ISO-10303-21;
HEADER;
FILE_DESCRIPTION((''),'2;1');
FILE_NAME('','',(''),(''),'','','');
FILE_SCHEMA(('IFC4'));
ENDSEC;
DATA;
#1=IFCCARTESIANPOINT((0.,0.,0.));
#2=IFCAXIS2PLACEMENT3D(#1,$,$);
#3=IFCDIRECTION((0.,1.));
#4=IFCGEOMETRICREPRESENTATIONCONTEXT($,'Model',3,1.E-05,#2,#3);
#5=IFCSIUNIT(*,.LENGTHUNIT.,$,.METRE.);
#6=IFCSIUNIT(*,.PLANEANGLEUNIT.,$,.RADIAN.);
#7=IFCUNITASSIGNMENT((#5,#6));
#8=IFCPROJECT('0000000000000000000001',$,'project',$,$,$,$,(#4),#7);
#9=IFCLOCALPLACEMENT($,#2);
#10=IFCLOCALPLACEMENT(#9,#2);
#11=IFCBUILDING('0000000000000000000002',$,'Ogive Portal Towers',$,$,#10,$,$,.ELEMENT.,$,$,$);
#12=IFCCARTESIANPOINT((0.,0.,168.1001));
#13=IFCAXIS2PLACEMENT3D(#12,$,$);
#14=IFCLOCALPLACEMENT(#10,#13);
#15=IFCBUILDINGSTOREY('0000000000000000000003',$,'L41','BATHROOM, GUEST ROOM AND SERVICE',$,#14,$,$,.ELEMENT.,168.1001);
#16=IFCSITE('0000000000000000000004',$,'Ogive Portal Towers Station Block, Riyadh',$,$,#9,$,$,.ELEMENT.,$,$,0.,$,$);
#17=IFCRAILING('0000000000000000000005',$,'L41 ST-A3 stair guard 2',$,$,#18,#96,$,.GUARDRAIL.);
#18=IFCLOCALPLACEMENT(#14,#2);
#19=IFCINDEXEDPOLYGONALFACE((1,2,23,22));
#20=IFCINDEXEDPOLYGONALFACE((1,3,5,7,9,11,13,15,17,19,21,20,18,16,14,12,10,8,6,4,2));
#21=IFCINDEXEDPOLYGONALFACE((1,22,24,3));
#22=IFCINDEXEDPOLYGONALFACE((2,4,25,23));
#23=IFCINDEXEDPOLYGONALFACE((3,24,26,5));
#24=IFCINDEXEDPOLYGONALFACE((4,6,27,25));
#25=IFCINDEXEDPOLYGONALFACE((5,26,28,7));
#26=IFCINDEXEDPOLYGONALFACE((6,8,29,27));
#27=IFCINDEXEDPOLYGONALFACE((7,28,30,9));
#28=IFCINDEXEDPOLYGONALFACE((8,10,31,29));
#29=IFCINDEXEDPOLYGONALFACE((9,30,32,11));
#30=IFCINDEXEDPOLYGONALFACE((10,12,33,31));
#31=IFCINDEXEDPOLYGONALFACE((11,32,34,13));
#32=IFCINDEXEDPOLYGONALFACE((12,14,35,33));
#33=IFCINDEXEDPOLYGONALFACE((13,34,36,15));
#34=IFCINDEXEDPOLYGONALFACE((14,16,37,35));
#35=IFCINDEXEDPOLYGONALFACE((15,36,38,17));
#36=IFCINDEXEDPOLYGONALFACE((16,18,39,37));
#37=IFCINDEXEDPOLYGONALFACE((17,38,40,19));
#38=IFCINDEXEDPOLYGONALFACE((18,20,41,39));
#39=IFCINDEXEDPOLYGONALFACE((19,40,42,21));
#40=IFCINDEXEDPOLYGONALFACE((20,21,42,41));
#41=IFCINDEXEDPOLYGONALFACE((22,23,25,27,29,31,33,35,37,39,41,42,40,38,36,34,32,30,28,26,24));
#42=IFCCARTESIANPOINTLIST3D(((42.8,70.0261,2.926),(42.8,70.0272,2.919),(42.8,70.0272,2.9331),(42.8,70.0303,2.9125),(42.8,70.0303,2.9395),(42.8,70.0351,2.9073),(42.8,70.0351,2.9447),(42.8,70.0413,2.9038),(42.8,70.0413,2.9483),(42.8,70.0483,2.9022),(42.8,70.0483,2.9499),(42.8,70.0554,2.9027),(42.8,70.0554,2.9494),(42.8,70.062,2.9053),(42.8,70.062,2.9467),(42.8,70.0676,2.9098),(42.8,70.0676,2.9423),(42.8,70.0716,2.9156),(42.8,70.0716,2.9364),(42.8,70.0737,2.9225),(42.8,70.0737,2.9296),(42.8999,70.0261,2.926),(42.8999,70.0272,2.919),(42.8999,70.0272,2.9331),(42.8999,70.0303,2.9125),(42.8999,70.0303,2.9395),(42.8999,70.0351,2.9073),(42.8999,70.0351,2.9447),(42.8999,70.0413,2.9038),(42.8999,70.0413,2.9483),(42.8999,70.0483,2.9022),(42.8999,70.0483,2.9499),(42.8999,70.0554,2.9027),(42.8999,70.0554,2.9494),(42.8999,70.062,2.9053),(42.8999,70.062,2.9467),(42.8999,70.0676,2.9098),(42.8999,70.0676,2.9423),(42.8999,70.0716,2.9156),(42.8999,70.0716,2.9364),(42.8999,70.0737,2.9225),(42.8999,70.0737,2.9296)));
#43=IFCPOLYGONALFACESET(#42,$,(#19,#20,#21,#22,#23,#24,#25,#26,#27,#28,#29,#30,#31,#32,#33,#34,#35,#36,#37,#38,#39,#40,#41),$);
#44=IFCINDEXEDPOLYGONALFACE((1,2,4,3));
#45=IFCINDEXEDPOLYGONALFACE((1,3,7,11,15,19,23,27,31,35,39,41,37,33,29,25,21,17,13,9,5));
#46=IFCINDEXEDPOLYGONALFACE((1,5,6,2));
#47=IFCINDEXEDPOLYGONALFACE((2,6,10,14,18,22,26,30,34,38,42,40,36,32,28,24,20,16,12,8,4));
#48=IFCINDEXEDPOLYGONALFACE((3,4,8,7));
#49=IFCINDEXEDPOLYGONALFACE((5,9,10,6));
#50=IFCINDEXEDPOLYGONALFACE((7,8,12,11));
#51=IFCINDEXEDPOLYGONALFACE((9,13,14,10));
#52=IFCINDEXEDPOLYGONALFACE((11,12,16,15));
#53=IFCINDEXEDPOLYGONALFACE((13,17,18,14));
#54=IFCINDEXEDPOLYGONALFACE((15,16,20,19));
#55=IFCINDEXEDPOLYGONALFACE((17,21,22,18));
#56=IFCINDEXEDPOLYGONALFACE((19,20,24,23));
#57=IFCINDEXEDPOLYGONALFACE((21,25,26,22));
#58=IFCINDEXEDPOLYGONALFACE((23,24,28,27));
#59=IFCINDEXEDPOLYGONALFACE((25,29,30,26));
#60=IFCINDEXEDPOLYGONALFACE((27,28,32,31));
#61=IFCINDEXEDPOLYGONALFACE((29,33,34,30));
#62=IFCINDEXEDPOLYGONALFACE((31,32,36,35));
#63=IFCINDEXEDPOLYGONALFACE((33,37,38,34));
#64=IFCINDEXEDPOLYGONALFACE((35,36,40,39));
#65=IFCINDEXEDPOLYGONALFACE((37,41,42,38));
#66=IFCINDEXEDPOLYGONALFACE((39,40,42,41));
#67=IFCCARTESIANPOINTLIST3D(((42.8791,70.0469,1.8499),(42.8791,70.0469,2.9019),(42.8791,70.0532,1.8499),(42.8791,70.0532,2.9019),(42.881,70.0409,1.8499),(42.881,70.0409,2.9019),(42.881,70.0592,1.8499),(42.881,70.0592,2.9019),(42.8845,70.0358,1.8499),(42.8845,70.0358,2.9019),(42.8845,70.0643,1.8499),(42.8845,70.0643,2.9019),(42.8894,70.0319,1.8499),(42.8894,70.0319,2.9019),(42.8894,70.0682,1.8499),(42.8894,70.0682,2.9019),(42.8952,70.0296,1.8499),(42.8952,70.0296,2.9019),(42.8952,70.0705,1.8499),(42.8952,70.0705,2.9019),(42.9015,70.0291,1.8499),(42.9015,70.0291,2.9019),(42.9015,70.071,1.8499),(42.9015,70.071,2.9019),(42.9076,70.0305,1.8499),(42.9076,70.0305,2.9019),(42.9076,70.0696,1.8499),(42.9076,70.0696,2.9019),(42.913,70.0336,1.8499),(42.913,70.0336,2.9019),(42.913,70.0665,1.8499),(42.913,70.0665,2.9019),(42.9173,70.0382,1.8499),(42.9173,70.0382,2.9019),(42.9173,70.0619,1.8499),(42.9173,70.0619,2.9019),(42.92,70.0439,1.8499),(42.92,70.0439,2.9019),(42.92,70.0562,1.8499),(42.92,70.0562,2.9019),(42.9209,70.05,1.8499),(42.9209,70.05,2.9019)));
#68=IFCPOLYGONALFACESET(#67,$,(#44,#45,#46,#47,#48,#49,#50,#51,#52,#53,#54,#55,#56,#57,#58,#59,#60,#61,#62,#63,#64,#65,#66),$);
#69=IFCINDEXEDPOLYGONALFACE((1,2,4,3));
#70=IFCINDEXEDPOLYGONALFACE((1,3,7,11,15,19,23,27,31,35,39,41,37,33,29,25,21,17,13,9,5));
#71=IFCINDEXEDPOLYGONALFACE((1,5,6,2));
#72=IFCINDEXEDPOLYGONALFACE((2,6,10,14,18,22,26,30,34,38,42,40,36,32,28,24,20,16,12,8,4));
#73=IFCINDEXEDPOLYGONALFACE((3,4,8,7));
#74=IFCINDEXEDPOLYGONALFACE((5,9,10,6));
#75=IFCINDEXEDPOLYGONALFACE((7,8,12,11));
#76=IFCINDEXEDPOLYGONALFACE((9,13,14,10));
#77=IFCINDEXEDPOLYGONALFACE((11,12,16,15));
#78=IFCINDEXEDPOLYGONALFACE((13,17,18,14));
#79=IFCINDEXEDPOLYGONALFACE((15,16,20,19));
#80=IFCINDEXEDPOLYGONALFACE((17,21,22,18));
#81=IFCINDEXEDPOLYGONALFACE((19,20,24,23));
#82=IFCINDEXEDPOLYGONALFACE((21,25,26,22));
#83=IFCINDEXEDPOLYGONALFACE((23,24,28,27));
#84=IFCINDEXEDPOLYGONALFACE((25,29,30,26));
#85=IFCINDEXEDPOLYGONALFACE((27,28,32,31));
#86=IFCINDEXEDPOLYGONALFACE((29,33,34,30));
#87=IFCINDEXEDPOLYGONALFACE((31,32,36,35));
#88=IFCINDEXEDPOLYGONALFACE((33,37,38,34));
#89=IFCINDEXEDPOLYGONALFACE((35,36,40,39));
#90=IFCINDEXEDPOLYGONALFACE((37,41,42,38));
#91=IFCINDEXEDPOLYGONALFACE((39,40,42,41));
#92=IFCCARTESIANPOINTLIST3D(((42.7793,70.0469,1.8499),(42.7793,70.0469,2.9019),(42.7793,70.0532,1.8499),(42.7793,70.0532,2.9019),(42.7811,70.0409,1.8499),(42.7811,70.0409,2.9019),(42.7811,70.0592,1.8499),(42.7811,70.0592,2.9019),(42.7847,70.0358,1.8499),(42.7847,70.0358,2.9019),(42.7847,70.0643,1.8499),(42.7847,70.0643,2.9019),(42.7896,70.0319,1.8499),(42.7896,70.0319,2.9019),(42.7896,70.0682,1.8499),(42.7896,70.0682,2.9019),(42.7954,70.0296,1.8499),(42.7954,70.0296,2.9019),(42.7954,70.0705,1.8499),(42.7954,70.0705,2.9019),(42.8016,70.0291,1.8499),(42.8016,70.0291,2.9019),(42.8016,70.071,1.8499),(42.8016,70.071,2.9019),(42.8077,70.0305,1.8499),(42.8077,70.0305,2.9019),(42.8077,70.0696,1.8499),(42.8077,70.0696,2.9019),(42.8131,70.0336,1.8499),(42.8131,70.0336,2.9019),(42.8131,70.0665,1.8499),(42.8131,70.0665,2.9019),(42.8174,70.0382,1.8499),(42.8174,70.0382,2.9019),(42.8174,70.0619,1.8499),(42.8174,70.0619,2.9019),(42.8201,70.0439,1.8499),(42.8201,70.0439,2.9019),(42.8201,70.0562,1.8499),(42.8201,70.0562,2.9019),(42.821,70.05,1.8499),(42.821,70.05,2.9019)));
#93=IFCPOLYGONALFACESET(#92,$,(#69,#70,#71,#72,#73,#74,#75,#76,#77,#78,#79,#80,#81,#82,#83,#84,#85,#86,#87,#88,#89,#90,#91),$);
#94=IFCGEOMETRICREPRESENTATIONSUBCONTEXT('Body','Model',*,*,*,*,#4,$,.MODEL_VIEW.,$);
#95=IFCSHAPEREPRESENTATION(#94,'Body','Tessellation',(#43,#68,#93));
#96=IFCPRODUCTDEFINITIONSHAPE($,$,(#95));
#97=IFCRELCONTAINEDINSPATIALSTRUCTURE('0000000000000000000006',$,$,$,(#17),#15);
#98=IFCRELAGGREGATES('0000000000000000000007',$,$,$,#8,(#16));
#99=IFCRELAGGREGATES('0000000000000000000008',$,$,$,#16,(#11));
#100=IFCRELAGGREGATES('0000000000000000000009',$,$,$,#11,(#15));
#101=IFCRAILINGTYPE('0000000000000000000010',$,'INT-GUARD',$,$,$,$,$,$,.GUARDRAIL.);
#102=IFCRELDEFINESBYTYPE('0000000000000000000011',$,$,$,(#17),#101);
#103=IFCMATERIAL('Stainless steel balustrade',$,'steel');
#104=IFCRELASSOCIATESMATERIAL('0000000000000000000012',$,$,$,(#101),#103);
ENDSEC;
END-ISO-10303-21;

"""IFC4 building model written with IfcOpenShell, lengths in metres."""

from ifc_helpers import new_model, si_unit, direction, frame, origin, origin_2d, place, context, subcontext, project, spatial, circle, extrude, material, type_object, element, save


model = new_model("IFC4")

# Units and contexts
model_context = context("Model", 3, precision=1e-05, world=origin(), true_north=direction((0.0, 1.0)))
body_context = subcontext(model_context, "Body", "Model", "MODEL_VIEW")
ifc_project = project(units=[si_unit("LENGTHUNIT", "METRE"), si_unit("PLANEANGLEUNIT", "RADIAN")], contexts=[model_context])

# Site, building, storey
site_placement = place(None, origin())
site = spatial("IfcSite", under=ifc_project, at=site_placement, Name="Ogive Portal Towers Station Block, Riyadh", CompositionType="ELEMENT", RefElevation=0.0)
building_placement = place(site_placement, origin())
building = spatial("IfcBuilding", under=site, at=building_placement, Name="Ogive Portal Towers", CompositionType="ELEMENT")
storey_placement = place(building_placement, frame((0.0, 0.0, 168.1001)))
storey = spatial("IfcBuildingStorey", under=building, at=storey_placement, Name="L41", Description="BATHROOM, GUEST ROOM AND SERVICE", CompositionType="ELEMENT", Elevation=168.1001)

# Railing
ifc_material_1 = material(Name="Stainless steel balustrade", Category="steel")
railing_type_1 = type_object("IfcRailingType", Name="INT-GUARD", PredefinedType="GUARDRAIL", material=ifc_material_1)
railing_1_placement = place(storey_placement, frame((42.8999, 70.05, 1.8499)))
element("IfcRailing", 1, at=railing_1_placement, inside=storey, type_object=railing_type_1, Name="L41 ST-A3 stair guard 2", PredefinedType="GUARDRAIL", context=body_context, shape_type="SweptSolid", body=[
    extrude(circle(Radius=0.0239, at=origin_2d()), frame((0.0, 0.0, 1.0762), z_axis=(-1.0, 0.0, 0.0), x_axis=(0.0, -1.0, 0.0)), (0.0, 0.0, 1.0), 0.0999),
    extrude(circle(Radius=0.021, at=origin_2d()), origin(), (0.0, 0.0, 1.0), 1.052),
    extrude(circle(Radius=0.021, at=origin_2d()), frame((-0.0999, 0.0, 0.0)), (0.0, 0.0, 1.0), 1.052),
])

save(model, "model.ifc")
